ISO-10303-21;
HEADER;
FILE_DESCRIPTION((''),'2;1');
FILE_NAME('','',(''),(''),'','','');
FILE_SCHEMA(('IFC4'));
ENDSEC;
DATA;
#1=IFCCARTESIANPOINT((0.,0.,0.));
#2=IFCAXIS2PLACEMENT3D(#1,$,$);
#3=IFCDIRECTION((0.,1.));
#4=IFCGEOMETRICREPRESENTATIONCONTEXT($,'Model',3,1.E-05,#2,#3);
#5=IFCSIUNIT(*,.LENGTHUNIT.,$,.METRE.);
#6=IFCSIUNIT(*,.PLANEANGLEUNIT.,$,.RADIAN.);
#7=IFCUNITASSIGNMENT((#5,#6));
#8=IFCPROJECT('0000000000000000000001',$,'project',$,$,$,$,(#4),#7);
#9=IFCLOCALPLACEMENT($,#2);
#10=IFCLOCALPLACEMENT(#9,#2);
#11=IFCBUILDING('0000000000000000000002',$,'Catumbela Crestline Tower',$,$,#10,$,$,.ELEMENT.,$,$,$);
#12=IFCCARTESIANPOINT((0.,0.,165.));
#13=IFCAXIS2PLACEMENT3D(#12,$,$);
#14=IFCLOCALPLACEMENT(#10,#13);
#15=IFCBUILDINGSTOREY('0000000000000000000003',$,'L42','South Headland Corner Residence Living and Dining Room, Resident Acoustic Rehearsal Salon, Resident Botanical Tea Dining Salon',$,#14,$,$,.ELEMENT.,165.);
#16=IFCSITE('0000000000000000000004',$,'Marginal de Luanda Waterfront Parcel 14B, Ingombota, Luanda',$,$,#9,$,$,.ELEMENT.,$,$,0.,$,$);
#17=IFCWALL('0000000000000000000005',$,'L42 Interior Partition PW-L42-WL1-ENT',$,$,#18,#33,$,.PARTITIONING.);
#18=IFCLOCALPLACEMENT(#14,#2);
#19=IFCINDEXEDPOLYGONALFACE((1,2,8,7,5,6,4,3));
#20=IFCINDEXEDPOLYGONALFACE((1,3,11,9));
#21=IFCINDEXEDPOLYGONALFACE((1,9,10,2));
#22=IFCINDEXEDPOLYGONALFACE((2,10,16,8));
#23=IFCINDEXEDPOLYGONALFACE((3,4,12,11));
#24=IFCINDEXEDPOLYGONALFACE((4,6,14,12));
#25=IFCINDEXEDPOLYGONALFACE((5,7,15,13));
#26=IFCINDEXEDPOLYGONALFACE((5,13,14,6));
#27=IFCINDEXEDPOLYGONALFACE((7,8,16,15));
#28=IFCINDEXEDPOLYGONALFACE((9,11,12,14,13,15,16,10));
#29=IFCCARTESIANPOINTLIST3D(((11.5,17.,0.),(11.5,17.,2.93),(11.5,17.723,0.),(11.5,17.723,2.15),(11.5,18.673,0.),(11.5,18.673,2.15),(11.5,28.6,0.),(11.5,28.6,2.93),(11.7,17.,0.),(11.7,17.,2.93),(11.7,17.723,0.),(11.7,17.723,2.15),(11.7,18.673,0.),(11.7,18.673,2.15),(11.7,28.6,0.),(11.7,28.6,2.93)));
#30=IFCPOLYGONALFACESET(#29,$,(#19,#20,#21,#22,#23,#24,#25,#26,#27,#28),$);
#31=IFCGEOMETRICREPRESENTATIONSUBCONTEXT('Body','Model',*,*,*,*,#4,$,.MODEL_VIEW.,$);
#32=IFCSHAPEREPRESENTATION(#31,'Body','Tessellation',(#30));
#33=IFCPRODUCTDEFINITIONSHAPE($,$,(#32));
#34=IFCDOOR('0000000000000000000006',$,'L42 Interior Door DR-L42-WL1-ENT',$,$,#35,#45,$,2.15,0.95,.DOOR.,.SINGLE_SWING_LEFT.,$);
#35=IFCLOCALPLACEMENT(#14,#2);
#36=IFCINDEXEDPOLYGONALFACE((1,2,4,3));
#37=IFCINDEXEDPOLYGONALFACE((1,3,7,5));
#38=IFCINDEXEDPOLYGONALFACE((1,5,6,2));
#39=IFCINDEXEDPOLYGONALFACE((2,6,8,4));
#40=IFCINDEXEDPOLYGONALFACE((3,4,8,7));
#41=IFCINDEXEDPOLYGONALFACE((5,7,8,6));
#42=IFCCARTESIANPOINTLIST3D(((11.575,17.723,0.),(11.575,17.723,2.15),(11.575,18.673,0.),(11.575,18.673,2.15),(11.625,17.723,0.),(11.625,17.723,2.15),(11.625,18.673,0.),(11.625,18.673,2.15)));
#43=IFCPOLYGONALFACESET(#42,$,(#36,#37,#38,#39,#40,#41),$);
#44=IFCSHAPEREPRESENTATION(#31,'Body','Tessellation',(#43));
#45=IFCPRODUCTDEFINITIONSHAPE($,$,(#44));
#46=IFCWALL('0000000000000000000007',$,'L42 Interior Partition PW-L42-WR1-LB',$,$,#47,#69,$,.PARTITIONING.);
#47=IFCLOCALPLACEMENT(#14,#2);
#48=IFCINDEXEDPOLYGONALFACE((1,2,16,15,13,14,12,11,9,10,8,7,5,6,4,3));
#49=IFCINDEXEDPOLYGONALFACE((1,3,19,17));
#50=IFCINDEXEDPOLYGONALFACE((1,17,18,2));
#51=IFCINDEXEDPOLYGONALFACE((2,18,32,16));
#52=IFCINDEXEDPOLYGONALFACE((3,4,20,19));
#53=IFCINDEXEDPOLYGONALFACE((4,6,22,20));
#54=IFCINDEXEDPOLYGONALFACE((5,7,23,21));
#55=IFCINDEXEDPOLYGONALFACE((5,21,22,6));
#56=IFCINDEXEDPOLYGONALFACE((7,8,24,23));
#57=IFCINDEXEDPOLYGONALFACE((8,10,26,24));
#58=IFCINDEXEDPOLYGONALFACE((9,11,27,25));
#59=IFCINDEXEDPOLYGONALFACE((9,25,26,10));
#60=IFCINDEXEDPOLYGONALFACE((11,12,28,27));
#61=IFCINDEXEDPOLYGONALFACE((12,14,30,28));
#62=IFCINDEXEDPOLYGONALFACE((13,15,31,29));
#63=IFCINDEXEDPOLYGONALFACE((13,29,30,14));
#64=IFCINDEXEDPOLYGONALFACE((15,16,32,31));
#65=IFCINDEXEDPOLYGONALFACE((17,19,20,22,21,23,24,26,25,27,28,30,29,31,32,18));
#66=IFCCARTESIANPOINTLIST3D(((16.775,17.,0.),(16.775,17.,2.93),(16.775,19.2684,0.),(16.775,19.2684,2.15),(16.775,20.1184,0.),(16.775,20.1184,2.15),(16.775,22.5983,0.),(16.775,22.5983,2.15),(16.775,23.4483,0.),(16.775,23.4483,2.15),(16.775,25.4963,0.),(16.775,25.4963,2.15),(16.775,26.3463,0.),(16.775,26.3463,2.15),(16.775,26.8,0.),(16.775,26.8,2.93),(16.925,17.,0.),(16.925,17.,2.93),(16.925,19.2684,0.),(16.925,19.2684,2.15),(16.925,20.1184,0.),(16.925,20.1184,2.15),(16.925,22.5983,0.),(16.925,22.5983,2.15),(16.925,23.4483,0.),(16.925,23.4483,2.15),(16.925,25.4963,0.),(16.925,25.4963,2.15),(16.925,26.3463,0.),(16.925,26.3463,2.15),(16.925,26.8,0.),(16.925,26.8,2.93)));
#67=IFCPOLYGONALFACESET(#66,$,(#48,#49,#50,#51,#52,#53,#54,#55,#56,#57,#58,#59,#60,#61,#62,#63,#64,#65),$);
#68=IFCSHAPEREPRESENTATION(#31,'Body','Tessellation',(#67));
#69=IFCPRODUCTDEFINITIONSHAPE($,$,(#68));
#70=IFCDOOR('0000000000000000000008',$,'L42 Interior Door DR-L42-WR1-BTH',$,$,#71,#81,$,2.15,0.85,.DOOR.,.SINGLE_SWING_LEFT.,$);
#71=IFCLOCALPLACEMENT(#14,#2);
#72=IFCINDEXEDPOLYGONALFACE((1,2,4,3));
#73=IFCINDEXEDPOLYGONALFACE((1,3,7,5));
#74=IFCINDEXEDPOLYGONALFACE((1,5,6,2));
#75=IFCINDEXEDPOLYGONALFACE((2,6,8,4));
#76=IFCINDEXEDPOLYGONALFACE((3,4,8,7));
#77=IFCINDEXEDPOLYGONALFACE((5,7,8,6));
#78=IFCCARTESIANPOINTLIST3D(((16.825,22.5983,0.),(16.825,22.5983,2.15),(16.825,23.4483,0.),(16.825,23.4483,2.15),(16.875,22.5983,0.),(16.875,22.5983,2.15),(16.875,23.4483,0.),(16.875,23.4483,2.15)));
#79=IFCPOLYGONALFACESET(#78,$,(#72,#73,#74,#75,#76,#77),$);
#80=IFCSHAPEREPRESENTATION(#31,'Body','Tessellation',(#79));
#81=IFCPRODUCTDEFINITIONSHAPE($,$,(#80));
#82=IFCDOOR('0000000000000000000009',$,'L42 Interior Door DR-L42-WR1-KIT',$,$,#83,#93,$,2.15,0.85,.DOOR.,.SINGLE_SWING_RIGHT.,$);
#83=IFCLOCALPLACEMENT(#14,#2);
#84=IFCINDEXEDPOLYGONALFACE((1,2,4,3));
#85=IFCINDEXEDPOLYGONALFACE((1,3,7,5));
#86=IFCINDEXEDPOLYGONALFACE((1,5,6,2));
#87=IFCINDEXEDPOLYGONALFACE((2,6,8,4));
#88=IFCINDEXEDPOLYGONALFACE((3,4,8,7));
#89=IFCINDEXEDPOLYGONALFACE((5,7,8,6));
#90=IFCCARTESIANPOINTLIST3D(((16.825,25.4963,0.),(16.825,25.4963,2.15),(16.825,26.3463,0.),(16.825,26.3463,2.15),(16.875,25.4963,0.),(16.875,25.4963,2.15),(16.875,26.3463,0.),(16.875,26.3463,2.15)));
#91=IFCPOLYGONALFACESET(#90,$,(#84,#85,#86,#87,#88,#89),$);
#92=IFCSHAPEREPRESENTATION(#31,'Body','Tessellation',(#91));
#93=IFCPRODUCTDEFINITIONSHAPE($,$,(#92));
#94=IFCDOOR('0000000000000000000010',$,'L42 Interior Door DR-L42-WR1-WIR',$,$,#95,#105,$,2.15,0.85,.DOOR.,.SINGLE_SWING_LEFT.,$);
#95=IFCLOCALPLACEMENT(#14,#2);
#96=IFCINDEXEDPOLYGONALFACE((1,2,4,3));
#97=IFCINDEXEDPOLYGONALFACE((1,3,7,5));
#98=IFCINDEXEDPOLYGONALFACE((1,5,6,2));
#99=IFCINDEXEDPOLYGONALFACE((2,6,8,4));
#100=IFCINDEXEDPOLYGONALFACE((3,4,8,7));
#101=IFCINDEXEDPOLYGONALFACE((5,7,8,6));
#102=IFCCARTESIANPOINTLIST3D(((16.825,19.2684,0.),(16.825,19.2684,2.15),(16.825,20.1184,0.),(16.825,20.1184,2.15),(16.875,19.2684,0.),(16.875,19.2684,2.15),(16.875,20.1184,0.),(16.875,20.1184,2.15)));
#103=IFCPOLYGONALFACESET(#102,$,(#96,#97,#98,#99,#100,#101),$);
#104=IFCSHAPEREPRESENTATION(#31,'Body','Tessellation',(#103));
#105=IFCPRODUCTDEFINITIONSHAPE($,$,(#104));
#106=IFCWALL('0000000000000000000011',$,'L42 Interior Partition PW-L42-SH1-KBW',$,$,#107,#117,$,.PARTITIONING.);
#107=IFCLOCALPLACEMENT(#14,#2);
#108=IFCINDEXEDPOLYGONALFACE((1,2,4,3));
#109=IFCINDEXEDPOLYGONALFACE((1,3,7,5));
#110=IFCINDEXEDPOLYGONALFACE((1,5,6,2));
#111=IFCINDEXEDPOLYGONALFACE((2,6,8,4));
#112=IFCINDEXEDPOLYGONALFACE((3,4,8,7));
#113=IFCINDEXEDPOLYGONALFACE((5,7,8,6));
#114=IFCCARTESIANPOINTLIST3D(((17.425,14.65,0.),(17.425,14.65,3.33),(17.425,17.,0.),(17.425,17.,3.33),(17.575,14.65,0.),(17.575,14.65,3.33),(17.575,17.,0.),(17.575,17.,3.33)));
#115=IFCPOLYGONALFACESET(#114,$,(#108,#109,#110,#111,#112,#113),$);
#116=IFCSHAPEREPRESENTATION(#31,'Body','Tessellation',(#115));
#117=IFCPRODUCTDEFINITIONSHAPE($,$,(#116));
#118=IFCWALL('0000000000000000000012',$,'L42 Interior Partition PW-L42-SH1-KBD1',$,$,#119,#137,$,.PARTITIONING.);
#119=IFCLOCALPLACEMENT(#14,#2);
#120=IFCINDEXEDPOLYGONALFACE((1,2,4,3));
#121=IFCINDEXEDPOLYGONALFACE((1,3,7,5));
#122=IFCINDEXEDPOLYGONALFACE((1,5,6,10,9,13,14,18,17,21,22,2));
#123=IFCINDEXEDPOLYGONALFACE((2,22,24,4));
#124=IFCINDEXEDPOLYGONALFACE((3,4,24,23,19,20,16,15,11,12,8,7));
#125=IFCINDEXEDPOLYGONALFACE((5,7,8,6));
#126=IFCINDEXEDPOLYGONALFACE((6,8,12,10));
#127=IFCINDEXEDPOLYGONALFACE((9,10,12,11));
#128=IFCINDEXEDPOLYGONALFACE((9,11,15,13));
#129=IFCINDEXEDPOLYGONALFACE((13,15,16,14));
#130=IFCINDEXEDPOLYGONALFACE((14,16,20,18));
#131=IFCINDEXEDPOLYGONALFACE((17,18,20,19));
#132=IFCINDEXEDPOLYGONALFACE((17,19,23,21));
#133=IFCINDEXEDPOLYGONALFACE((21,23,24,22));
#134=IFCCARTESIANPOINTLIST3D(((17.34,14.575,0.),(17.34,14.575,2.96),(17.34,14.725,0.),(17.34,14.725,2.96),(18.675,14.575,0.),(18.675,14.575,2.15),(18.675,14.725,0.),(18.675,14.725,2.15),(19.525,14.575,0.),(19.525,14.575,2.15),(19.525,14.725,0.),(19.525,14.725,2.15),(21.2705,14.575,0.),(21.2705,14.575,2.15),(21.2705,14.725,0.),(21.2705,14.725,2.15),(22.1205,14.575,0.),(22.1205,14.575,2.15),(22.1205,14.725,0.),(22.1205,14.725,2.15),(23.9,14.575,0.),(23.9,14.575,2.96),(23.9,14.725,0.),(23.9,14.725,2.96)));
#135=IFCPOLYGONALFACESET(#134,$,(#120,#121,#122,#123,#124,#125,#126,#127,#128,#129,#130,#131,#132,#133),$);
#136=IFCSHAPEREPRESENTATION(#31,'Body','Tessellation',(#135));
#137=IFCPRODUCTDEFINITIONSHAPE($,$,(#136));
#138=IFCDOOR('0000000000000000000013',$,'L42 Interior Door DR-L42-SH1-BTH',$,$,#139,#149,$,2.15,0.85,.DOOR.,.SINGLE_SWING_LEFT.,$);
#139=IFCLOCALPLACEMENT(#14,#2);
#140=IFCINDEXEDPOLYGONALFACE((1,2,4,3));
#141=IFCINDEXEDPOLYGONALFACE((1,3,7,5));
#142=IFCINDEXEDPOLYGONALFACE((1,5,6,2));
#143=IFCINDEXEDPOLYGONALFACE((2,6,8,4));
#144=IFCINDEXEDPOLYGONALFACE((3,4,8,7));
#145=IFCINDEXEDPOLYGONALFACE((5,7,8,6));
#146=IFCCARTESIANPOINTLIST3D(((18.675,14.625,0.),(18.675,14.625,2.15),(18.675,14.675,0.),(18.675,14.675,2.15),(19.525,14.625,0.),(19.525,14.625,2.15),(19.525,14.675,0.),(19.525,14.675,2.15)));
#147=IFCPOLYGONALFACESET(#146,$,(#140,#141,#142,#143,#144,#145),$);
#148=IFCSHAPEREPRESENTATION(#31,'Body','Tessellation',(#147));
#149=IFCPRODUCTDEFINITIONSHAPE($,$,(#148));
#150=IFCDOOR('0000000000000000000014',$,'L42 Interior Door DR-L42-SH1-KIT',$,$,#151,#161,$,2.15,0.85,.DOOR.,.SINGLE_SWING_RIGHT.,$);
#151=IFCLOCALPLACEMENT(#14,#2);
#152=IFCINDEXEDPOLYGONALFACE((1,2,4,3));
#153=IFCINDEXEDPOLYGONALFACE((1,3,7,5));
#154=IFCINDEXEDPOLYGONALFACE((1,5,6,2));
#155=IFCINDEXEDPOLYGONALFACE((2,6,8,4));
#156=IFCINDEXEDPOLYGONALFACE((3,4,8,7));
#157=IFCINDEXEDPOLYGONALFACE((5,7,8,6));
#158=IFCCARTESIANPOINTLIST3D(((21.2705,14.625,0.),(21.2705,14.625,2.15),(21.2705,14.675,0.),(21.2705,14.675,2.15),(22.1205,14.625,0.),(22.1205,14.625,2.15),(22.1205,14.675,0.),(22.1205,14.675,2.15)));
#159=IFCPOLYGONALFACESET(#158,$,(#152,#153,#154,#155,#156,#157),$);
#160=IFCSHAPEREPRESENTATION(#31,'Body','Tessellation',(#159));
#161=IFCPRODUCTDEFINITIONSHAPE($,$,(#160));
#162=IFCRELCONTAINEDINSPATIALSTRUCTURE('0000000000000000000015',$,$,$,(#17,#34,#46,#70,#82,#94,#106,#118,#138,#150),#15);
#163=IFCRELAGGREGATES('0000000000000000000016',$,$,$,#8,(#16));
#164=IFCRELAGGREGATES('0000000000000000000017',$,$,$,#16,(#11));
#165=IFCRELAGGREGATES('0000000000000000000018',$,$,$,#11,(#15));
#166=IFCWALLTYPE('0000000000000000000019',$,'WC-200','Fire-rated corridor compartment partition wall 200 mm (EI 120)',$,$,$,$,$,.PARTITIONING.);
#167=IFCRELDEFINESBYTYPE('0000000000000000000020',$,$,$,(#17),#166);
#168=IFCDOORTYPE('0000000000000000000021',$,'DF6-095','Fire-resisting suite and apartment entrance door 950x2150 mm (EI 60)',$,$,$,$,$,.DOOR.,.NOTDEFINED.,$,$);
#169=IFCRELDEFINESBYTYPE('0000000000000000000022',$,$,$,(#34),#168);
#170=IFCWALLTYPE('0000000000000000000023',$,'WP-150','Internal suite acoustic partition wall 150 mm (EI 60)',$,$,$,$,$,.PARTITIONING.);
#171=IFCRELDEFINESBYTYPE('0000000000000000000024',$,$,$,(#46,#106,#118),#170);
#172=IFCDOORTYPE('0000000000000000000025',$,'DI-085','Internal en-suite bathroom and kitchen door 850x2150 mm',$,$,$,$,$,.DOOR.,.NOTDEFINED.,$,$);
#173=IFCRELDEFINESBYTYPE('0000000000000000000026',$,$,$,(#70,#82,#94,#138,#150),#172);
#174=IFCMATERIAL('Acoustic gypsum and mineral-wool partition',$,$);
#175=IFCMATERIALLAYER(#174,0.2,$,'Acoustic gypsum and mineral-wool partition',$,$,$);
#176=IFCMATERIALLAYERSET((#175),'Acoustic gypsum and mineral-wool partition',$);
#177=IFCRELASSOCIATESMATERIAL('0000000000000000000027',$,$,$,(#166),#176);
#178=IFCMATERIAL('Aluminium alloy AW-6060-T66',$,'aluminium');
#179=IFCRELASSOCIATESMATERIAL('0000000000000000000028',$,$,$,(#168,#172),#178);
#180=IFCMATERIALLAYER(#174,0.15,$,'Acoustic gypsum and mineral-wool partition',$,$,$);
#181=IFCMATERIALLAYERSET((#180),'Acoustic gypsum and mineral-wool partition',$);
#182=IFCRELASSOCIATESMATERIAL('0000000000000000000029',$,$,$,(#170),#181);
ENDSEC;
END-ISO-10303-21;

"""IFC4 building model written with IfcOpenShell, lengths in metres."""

from ifc_helpers import new_model, si_unit, direction, frame, frame_2d, origin, place, context, subcontext, project, spatial, rectangle, extrude, material, layer, layer_set, type_object, element, fill, save


model = new_model("IFC4")

# Units and contexts
model_context = context("Model", 3, precision=1e-05, world=origin(), true_north=direction((0.0, 1.0)))
body_context = subcontext(model_context, "Body", "Model", "MODEL_VIEW")
ifc_project = project(units=[si_unit("LENGTHUNIT", "METRE"), si_unit("PLANEANGLEUNIT", "RADIAN")], contexts=[model_context])

# Site, building, storey
site_placement = place(None, origin())
site = spatial("IfcSite", under=ifc_project, at=site_placement, Name="Marginal de Luanda Waterfront Parcel 14B, Ingombota, Luanda", CompositionType="ELEMENT", RefElevation=0.0)
building_placement = place(site_placement, origin())
building = spatial("IfcBuilding", under=site, at=building_placement, Name="Catumbela Crestline Tower", CompositionType="ELEMENT")
storey_placement = place(building_placement, frame((0.0, 0.0, 165.0)))
storey = spatial("IfcBuildingStorey", under=building, at=storey_placement, Name="L42", Description="South Headland Corner Residence Living and Dining Room, Resident Acoustic Rehearsal Salon, Resident Botanical Tea Dining Salon", CompositionType="ELEMENT", Elevation=165.0)

# Shared definitions
ifc_material_1 = material(Name="Acoustic gypsum and mineral-wool partition")
ifc_layer_1 = layer(ifc_material_1, 0.2, Name="Acoustic gypsum and mineral-wool partition")
ifc_layer_set_1 = layer_set([ifc_layer_1], Name="Acoustic gypsum and mineral-wool partition")
wall_type_1 = type_object("IfcWallType", Name="WC-200", Description="Fire-rated corridor compartment partition wall 200 mm (EI 120)", PredefinedType="PARTITIONING", material=ifc_layer_set_1)
ifc_material_2 = material(Name="Aluminium alloy AW-6060-T66", Category="aluminium")
door_type_1 = type_object("IfcDoorType", Name="DF6-095", Description="Fire-resisting suite and apartment entrance door 950x2150 mm (EI 60)", OperationType="NOTDEFINED", PredefinedType="DOOR", material=ifc_material_2)

# Wall, opening, door
wall_1_placement = place(storey_placement, frame((11.6, 17.0, 0.0), z_axis=(0.0, 0.0, 1.0), x_axis=(0.0, 1.0, 0.0)))
wall_1 = element("IfcWall", 1, at=wall_1_placement, inside=storey, type_object=wall_type_1, Name="L42 Interior Partition PW-L42-WL1-ENT", PredefinedType="PARTITIONING", context=body_context, shape_type="SweptSolid", body=[
    extrude(rectangle(XDim=11.6, YDim=0.2, at=frame_2d((5.8, 0.0))), origin(), (0.0, 0.0, 1.0), 2.93),
])
opening_1_placement = place(wall_1_placement, frame((0.723, 0.0, 0.0)))
opening_1 = element("IfcOpeningElement", 2, at=opening_1_placement, cuts=wall_1, PredefinedType="OPENING", context=body_context, shape_type="SweptSolid", body=[
    extrude(rectangle(XDim=0.95, YDim=2.15, at=frame_2d((0.475, 1.075))), frame((0.0, 0.11, 0.0), z_axis=(0.0, -1.0, 0.0), x_axis=(1.0, 0.0, 0.0)), (0.0, 0.0, 1.0), 0.22),
])
door_1_placement = place(opening_1_placement, origin())
door_1 = element("IfcDoor", 3, at=door_1_placement, inside=storey, type_object=door_type_1, Name="L42 Interior Door DR-L42-WL1-ENT", OperationType="SINGLE_SWING_LEFT", OverallHeight=2.15, OverallWidth=0.95, PredefinedType="DOOR", context=body_context, shape_type="SweptSolid", body=[
    extrude(rectangle(XDim=0.95, YDim=2.15, at=frame_2d((0.475, 1.075))), frame((0.0, 0.025, 0.0), z_axis=(0.0, -1.0, 0.0), x_axis=(1.0, 0.0, 0.0)), (0.0, 0.0, 1.0), 0.05),
])
fill(opening_1, door_1)

# Wall, openings, doors
ifc_layer_2 = layer(ifc_material_1, 0.15, Name="Acoustic gypsum and mineral-wool partition")
ifc_layer_set_2 = layer_set([ifc_layer_2], Name="Acoustic gypsum and mineral-wool partition")
wall_type_2 = type_object("IfcWallType", Name="WP-150", Description="Internal suite acoustic partition wall 150 mm (EI 60)", PredefinedType="PARTITIONING", material=ifc_layer_set_2)
wall_2_placement = place(storey_placement, frame((16.85, 17.0, 0.0), z_axis=(0.0, 0.0, 1.0), x_axis=(0.0, 1.0, 0.0)))
wall_2 = element("IfcWall", 4, at=wall_2_placement, inside=storey, type_object=wall_type_2, Name="L42 Interior Partition PW-L42-WR1-LB", PredefinedType="PARTITIONING", context=body_context, shape_type="SweptSolid", body=[
    extrude(rectangle(XDim=9.8, YDim=0.15, at=frame_2d((4.9, 0.0))), origin(), (0.0, 0.0, 1.0), 2.93),
])
opening_2_placement = place(wall_2_placement, frame((5.5983, 0.0, 0.0)))
opening_2 = element("IfcOpeningElement", 5, at=opening_2_placement, cuts=wall_2, PredefinedType="OPENING", context=body_context, shape_type="SweptSolid", body=[
    extrude(rectangle(XDim=0.85, YDim=2.15, at=frame_2d((0.425, 1.075))), frame((0.0, 0.085, 0.0), z_axis=(0.0, -1.0, 0.0), x_axis=(1.0, 0.0, 0.0)), (0.0, 0.0, 1.0), 0.17),
])
opening_3_placement = place(wall_2_placement, frame((8.4963, 0.0, 0.0)))
opening_3 = element("IfcOpeningElement", 6, at=opening_3_placement, cuts=wall_2, PredefinedType="OPENING", context=body_context, shape_type="SweptSolid", body=[
    extrude(rectangle(XDim=0.85, YDim=2.15, at=frame_2d((0.425, 1.075))), frame((0.0, 0.085, 0.0), z_axis=(0.0, -1.0, 0.0), x_axis=(1.0, 0.0, 0.0)), (0.0, 0.0, 1.0), 0.17),
])
opening_4_placement = place(wall_2_placement, frame((2.2684, 0.0, 0.0)))
opening_4 = element("IfcOpeningElement", 7, at=opening_4_placement, cuts=wall_2, PredefinedType="OPENING", context=body_context, shape_type="SweptSolid", body=[
    extrude(rectangle(XDim=0.85, YDim=2.15, at=frame_2d((0.425, 1.075))), frame((0.0, 0.085, 0.0), z_axis=(0.0, -1.0, 0.0), x_axis=(1.0, 0.0, 0.0)), (0.0, 0.0, 1.0), 0.17),
])
door_type_2 = type_object("IfcDoorType", Name="DI-085", Description="Internal en-suite bathroom and kitchen door 850x2150 mm", OperationType="NOTDEFINED", PredefinedType="DOOR", material=ifc_material_2)
door_2_placement = place(opening_2_placement, origin())
door_2 = element("IfcDoor", 8, at=door_2_placement, inside=storey, type_object=door_type_2, Name="L42 Interior Door DR-L42-WR1-BTH", OperationType="SINGLE_SWING_LEFT", OverallHeight=2.15, OverallWidth=0.85, PredefinedType="DOOR", context=body_context, shape_type="SweptSolid", body=[
    extrude(rectangle(XDim=0.85, YDim=2.15, at=frame_2d((0.425, 1.075))), frame((0.0, 0.025, 0.0), z_axis=(0.0, -1.0, 0.0), x_axis=(1.0, 0.0, 0.0)), (0.0, 0.0, 1.0), 0.05),
])
fill(opening_2, door_2)
door_3_placement = place(opening_3_placement, origin())
door_3 = element("IfcDoor", 9, at=door_3_placement, inside=storey, type_object=door_type_2, Name="L42 Interior Door DR-L42-WR1-KIT", OperationType="SINGLE_SWING_RIGHT", OverallHeight=2.15, OverallWidth=0.85, PredefinedType="DOOR", context=body_context, shape_type="SweptSolid", body=[
    extrude(rectangle(XDim=0.85, YDim=2.15, at=frame_2d((0.425, 1.075))), frame((0.0, 0.025, 0.0), z_axis=(0.0, -1.0, 0.0), x_axis=(1.0, 0.0, 0.0)), (0.0, 0.0, 1.0), 0.05),
])
fill(opening_3, door_3)
door_4_placement = place(opening_4_placement, origin())
door_4 = element("IfcDoor", 10, at=door_4_placement, inside=storey, type_object=door_type_2, Name="L42 Interior Door DR-L42-WR1-WIR", OperationType="SINGLE_SWING_LEFT", OverallHeight=2.15, OverallWidth=0.85, PredefinedType="DOOR", context=body_context, shape_type="SweptSolid", body=[
    extrude(rectangle(XDim=0.85, YDim=2.15, at=frame_2d((0.425, 1.075))), frame((0.0, 0.025, 0.0), z_axis=(0.0, -1.0, 0.0), x_axis=(1.0, 0.0, 0.0)), (0.0, 0.0, 1.0), 0.05),
])
fill(opening_4, door_4)

# Wall
wall_3_placement = place(storey_placement, frame((17.5, 14.65, 0.0), z_axis=(0.0, 0.0, 1.0), x_axis=(0.0, 1.0, 0.0)))
element("IfcWall", 11, at=wall_3_placement, inside=storey, type_object=wall_type_2, Name="L42 Interior Partition PW-L42-SH1-KBW", PredefinedType="PARTITIONING", context=body_context, shape_type="SweptSolid", body=[
    extrude(rectangle(XDim=2.35, YDim=0.15, at=frame_2d((1.175, 0.0))), origin(), (0.0, 0.0, 1.0), 3.33),
])

# Wall, openings, doors
wall_4_placement = place(storey_placement, frame((17.34, 14.65, 0.0), z_axis=(0.0, 0.0, 1.0), x_axis=(1.0, 0.0, 0.0)))
wall_4 = element("IfcWall", 12, at=wall_4_placement, inside=storey, type_object=wall_type_2, Name="L42 Interior Partition PW-L42-SH1-KBD1", PredefinedType="PARTITIONING", context=body_context, shape_type="SweptSolid", body=[
    extrude(rectangle(XDim=6.56, YDim=0.15, at=frame_2d((3.28, 0.0))), origin(), (0.0, 0.0, 1.0), 2.96),
])
opening_5_placement = place(wall_4_placement, frame((1.335, 0.0, 0.0)))
opening_5 = element("IfcOpeningElement", 13, at=opening_5_placement, cuts=wall_4, PredefinedType="OPENING", context=body_context, shape_type="SweptSolid", body=[
    extrude(rectangle(XDim=0.85, YDim=2.15, at=frame_2d((0.425, 1.075))), frame((0.0, 0.085, 0.0), z_axis=(0.0, -1.0, 0.0), x_axis=(1.0, 0.0, 0.0)), (0.0, 0.0, 1.0), 0.17),
])
opening_6_placement = place(wall_4_placement, frame((3.9305, 0.0, 0.0)))
opening_6 = element("IfcOpeningElement", 14, at=opening_6_placement, cuts=wall_4, PredefinedType="OPENING", context=body_context, shape_type="SweptSolid", body=[
    extrude(rectangle(XDim=0.85, YDim=2.15, at=frame_2d((0.425, 1.075))), frame((0.0, 0.085, 0.0), z_axis=(0.0, -1.0, 0.0), x_axis=(1.0, 0.0, 0.0)), (0.0, 0.0, 1.0), 0.17),
])
door_5_placement = place(opening_5_placement, origin())
door_5 = element("IfcDoor", 15, at=door_5_placement, inside=storey, type_object=door_type_2, Name="L42 Interior Door DR-L42-SH1-BTH", OperationType="SINGLE_SWING_LEFT", OverallHeight=2.15, OverallWidth=0.85, PredefinedType="DOOR", context=body_context, shape_type="SweptSolid", body=[
    extrude(rectangle(XDim=0.85, YDim=2.15, at=frame_2d((0.425, 1.075))), frame((0.0, 0.025, 0.0), z_axis=(0.0, -1.0, 0.0), x_axis=(1.0, 0.0, 0.0)), (0.0, 0.0, 1.0), 0.05),
])
fill(opening_5, door_5)
door_6_placement = place(opening_6_placement, origin())
door_6 = element("IfcDoor", 16, at=door_6_placement, inside=storey, type_object=door_type_2, Name="L42 Interior Door DR-L42-SH1-KIT", OperationType="SINGLE_SWING_RIGHT", OverallHeight=2.15, OverallWidth=0.85, PredefinedType="DOOR", context=body_context, shape_type="SweptSolid", body=[
    extrude(rectangle(XDim=0.85, YDim=2.15, at=frame_2d((0.425, 1.075))), frame((0.0, 0.025, 0.0), z_axis=(0.0, -1.0, 0.0), x_axis=(1.0, 0.0, 0.0)), (0.0, 0.0, 1.0), 0.05),
])
fill(opening_6, door_6)

save(model, "model.ifc")
